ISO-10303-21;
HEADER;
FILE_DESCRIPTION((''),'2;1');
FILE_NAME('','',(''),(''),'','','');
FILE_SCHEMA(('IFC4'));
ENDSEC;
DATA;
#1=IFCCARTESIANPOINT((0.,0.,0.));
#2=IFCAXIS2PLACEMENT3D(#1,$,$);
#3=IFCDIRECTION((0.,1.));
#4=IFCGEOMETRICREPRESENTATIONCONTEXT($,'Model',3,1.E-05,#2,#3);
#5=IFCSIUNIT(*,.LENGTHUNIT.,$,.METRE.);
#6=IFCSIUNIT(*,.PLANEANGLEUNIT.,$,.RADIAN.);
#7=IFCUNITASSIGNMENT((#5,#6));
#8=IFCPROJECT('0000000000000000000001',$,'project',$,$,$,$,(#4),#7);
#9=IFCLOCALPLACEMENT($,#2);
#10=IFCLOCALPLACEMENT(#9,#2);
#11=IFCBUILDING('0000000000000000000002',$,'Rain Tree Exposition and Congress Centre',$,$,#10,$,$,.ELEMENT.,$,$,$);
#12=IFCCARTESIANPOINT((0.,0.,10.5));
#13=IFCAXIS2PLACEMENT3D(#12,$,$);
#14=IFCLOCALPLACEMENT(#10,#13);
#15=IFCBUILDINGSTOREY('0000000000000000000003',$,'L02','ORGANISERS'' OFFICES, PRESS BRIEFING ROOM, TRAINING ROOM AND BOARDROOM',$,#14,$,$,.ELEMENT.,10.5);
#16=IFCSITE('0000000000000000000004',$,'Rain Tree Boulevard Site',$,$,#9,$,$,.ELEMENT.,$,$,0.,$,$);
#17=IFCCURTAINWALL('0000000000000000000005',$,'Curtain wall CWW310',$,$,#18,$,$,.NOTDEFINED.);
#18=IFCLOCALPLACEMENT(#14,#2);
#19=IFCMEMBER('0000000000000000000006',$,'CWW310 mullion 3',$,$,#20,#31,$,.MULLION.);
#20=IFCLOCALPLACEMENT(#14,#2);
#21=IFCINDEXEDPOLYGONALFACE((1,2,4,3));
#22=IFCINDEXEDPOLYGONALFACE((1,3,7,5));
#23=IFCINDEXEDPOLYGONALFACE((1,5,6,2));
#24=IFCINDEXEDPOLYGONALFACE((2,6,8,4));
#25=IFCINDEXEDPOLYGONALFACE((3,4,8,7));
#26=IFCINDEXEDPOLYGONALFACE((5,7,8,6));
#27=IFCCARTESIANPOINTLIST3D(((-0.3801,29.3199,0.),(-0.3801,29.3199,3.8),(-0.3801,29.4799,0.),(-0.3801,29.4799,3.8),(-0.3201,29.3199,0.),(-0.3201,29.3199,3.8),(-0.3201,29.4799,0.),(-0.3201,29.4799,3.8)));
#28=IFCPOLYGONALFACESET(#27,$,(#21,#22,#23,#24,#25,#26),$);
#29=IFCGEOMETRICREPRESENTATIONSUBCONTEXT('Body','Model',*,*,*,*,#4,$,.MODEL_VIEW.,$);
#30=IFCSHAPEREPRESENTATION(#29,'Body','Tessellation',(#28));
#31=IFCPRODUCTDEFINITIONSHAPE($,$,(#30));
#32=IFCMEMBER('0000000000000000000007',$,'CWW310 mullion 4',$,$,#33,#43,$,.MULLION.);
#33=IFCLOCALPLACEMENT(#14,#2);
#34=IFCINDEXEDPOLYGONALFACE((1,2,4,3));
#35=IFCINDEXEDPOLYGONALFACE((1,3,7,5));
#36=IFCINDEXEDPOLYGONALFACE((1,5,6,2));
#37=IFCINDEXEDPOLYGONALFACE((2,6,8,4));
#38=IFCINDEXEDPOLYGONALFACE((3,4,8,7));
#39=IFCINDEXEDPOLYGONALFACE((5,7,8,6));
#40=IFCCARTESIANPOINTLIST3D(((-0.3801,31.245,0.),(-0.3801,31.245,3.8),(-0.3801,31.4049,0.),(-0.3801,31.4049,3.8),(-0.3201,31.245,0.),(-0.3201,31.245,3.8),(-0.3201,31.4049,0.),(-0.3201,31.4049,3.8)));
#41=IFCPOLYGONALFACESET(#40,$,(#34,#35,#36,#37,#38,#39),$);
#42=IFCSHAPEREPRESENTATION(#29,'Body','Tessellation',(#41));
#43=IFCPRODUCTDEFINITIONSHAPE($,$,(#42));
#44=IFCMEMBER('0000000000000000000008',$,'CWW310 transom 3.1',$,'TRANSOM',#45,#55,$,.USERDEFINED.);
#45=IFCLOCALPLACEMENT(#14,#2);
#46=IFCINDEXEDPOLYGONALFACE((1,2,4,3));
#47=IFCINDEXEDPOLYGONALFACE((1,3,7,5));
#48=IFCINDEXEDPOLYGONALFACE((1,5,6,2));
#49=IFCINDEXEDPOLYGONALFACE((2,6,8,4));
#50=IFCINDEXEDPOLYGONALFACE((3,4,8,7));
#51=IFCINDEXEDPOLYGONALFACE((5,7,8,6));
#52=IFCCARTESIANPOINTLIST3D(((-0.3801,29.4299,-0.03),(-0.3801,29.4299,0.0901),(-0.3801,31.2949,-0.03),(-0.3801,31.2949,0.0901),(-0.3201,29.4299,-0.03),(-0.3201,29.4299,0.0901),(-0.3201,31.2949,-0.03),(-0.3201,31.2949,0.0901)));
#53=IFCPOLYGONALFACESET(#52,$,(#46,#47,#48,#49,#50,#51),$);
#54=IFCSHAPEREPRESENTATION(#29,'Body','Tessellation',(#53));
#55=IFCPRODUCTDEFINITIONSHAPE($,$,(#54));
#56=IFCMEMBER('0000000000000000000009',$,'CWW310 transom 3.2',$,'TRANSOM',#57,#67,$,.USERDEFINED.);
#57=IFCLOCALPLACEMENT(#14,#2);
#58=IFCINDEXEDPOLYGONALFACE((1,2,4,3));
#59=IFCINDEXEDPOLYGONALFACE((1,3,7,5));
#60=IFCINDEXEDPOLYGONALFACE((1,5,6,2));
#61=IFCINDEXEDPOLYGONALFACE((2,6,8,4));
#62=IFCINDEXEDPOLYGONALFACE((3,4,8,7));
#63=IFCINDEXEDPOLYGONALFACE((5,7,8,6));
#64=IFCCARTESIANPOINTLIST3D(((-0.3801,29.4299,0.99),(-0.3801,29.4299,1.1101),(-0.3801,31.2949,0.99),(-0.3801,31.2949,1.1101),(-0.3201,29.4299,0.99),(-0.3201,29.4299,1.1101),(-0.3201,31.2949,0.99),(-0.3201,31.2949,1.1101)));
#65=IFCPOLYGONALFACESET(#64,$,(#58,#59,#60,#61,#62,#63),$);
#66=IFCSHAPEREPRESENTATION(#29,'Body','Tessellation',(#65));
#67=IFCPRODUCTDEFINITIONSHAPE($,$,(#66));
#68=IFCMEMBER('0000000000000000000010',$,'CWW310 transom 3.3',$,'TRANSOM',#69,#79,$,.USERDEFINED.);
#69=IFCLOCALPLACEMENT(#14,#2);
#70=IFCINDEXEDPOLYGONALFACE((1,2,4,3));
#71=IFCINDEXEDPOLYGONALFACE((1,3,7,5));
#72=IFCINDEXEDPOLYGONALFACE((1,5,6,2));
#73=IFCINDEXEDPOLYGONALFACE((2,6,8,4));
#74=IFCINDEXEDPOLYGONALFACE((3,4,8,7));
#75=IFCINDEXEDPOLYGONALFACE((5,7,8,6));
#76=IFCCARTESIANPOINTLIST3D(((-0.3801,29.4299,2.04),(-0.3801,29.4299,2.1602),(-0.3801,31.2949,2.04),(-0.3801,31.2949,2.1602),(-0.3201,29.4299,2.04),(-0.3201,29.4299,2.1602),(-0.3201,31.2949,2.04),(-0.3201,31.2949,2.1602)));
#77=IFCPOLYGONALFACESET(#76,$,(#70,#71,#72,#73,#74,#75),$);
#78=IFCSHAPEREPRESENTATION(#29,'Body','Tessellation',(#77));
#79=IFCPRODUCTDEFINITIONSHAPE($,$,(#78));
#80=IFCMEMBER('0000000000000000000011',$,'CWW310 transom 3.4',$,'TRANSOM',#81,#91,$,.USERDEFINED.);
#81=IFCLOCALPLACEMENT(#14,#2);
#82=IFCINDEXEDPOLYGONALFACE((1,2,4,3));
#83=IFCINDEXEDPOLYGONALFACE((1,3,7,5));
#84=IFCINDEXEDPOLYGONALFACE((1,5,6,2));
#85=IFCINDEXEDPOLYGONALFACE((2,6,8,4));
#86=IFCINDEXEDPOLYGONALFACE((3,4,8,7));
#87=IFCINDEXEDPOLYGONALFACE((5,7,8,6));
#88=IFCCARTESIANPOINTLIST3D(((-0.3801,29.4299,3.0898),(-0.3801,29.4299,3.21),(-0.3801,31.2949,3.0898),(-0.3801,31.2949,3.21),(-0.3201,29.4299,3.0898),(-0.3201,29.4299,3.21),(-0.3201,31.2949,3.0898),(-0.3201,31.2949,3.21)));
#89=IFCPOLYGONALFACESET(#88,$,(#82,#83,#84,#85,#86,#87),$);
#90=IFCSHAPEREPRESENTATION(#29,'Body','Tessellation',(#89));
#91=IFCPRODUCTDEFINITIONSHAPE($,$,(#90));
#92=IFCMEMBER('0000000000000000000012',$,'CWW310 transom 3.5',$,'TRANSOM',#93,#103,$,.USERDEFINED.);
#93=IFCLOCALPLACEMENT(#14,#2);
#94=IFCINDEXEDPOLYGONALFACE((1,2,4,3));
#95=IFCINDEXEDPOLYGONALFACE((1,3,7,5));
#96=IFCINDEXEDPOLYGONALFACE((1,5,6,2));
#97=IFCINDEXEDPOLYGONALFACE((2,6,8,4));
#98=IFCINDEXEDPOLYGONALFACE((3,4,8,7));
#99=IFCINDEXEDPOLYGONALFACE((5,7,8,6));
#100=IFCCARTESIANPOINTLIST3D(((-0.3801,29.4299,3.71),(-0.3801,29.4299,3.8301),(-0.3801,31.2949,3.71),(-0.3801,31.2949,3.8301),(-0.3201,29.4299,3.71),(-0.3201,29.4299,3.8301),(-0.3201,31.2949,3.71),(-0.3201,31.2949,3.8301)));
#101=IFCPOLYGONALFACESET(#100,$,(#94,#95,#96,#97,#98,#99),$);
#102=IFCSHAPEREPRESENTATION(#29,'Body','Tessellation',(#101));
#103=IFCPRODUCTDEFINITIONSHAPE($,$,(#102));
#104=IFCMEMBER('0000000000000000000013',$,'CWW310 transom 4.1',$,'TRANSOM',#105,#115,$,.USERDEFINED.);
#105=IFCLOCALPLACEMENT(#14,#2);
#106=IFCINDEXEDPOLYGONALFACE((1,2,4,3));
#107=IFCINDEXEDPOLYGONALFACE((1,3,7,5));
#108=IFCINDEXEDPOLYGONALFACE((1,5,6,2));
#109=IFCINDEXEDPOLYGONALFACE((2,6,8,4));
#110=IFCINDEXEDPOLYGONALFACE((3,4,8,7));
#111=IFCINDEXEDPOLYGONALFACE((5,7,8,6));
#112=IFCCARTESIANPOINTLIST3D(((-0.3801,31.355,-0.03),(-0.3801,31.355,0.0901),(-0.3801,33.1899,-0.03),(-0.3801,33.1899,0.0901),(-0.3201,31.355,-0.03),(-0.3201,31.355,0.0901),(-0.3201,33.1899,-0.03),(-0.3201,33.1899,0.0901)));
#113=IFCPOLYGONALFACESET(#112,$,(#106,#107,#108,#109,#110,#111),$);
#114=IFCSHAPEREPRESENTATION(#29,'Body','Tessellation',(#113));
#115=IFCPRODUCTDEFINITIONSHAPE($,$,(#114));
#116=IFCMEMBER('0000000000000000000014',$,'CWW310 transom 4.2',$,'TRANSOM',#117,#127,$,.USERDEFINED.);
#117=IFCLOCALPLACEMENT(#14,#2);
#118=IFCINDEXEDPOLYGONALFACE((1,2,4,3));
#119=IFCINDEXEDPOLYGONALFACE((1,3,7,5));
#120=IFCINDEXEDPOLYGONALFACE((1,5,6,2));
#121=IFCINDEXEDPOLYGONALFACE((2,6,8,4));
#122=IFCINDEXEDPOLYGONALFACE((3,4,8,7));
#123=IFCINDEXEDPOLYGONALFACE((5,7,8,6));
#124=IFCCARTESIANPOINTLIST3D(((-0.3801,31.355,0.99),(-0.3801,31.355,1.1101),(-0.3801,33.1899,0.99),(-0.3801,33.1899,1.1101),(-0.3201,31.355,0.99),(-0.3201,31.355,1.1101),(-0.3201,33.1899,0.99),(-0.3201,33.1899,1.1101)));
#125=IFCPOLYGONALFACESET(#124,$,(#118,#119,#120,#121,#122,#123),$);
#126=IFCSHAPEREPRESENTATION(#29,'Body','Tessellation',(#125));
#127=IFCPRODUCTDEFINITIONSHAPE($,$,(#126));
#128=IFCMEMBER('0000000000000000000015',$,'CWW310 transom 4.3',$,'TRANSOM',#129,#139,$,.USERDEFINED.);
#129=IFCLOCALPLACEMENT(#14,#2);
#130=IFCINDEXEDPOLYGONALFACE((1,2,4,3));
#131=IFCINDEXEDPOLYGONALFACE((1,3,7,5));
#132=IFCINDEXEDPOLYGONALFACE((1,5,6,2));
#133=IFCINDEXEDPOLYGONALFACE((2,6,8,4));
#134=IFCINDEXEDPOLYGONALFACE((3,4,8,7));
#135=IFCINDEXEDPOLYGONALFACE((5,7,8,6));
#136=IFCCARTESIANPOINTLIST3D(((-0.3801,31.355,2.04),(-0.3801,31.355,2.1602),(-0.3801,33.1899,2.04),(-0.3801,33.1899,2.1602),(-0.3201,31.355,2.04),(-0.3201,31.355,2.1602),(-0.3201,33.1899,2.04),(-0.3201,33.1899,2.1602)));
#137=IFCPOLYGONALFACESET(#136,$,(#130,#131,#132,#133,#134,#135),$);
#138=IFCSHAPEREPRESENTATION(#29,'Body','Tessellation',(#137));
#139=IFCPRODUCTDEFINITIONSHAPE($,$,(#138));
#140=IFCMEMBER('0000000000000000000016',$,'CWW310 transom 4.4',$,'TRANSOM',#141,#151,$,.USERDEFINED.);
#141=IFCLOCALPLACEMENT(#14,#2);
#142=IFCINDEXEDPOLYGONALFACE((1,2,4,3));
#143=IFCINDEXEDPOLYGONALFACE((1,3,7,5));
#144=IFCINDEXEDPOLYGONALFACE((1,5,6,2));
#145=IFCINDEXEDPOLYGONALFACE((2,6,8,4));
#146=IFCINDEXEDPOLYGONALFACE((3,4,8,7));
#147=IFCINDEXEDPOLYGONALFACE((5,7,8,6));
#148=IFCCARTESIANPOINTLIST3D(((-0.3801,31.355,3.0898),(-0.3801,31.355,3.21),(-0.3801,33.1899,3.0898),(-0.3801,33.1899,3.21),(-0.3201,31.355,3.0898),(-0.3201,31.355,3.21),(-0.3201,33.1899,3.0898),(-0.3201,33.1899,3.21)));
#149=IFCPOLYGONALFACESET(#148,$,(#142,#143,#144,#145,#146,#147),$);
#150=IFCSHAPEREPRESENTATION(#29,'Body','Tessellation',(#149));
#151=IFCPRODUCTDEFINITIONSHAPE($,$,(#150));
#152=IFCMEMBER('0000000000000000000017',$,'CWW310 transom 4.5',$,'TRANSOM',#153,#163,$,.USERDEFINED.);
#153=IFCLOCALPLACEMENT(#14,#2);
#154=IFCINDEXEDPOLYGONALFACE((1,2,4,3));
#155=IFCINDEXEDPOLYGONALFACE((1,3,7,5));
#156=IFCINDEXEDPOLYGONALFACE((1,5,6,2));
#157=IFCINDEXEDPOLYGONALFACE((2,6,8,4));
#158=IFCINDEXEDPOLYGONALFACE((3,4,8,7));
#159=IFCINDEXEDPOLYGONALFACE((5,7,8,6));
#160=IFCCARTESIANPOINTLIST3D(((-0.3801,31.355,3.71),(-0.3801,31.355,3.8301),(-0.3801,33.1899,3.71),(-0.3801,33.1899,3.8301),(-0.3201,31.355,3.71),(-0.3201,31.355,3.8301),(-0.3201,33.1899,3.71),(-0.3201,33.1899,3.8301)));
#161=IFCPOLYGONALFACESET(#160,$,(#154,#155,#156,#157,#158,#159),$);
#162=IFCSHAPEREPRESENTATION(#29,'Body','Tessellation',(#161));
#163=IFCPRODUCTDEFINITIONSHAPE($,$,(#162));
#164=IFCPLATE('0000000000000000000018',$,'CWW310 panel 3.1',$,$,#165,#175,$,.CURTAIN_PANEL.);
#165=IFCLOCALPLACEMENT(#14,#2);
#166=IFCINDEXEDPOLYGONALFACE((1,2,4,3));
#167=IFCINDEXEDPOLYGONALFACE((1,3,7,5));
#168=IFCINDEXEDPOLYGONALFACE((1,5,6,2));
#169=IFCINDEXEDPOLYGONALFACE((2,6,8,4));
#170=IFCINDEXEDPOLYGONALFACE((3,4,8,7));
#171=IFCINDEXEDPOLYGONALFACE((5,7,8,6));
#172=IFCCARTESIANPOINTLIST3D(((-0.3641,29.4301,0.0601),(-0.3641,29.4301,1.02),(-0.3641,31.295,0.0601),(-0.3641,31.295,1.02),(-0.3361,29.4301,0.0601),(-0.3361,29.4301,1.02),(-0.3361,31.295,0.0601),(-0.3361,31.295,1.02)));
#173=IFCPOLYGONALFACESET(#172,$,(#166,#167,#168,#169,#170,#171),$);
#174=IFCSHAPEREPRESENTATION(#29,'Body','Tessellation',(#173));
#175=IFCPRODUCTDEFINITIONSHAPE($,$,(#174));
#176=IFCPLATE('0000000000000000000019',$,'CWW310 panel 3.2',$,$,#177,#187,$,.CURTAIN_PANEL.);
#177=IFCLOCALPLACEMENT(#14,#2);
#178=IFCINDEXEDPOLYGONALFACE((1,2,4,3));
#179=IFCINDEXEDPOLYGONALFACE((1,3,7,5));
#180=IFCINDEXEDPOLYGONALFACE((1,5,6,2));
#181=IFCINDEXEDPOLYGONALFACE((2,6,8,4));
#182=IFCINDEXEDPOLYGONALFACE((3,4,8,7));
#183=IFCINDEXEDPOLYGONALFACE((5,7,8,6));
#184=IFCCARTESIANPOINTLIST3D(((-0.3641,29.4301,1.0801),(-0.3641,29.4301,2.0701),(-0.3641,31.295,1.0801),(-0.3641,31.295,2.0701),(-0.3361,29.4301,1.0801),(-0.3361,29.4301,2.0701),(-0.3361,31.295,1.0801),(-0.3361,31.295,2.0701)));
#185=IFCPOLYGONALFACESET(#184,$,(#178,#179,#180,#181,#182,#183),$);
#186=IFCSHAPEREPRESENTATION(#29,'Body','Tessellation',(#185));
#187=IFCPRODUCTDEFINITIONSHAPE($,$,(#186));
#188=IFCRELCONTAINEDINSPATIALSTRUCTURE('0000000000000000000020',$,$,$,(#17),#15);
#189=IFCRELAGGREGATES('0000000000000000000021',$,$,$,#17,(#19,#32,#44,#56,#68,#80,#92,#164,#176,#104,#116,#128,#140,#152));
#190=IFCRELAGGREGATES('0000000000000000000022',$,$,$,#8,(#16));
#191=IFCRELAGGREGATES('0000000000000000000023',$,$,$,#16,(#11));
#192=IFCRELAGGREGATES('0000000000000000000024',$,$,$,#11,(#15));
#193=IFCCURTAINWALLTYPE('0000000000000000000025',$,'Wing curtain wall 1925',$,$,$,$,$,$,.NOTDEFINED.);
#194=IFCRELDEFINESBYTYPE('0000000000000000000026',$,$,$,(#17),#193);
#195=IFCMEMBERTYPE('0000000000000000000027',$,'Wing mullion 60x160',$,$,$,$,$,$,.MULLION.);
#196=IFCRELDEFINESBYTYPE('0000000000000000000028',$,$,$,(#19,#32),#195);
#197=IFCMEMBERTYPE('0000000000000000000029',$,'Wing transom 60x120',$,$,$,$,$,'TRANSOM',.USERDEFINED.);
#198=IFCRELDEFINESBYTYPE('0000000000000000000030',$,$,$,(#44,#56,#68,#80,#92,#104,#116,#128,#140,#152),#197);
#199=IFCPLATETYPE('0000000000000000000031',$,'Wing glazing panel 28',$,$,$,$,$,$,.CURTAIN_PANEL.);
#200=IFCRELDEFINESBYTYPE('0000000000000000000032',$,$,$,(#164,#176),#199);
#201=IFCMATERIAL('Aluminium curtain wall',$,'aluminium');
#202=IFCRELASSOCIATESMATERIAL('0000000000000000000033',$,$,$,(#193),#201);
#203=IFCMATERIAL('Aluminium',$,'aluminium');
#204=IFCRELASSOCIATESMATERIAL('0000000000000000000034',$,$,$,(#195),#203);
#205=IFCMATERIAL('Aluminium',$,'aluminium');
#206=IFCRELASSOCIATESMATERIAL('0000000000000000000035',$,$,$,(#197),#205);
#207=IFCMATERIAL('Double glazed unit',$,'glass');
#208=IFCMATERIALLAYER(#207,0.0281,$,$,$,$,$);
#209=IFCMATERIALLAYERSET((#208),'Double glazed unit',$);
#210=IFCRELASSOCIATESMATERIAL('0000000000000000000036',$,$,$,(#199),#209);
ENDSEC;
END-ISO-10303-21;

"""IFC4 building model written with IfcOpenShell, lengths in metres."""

from ifc_helpers import new_model, si_unit, direction, frame, origin, origin_2d, place, context, subcontext, project, spatial, rectangle, extrude, material, layer, layer_set, material_profile, profile_set, type_object, element, aggregate, save


model = new_model("IFC4")

# Units and contexts
model_context = context("Model", 3, precision=1e-05, world=origin(), true_north=direction((0.0, 1.0)))
body_context = subcontext(model_context, "Body", "Model", "MODEL_VIEW")
ifc_project = project(units=[si_unit("LENGTHUNIT", "METRE"), si_unit("PLANEANGLEUNIT", "RADIAN")], contexts=[model_context])

# Site, building, storey
site_placement = place(None, origin())
site = spatial("IfcSite", under=ifc_project, at=site_placement, Name="Rain Tree Boulevard Site", CompositionType="ELEMENT", RefElevation=0.0)
building_placement = place(site_placement, origin())
building = spatial("IfcBuilding", under=site, at=building_placement, Name="Rain Tree Exposition and Congress Centre", CompositionType="ELEMENT")
storey_placement = place(building_placement, frame((0.0, 0.0, 10.5)))
storey = spatial("IfcBuildingStorey", under=building, at=storey_placement, Name="L02", Description="ORGANISERS' OFFICES, PRESS BRIEFING ROOM, TRAINING ROOM AND BOARDROOM", CompositionType="ELEMENT", Elevation=10.5)

# Curtain wall, members, plates
ifc_material_1 = material(Name="Aluminium curtain wall", Category="aluminium")
curtain_wall_type = type_object("IfcCurtainWallType", Name="Wing curtain wall 1925", PredefinedType="NOTDEFINED", material=ifc_material_1)
curtain_wall_placement = place(storey_placement, origin())
curtain_wall = element("IfcCurtainWall", 1, at=curtain_wall_placement, inside=storey, type_object=curtain_wall_type, Name="Curtain wall CWW310", PredefinedType="NOTDEFINED")
ifc_material_2 = material(Name="Aluminium", Category="aluminium")
ifc_material_profile_1 = material_profile(ifc_material_2, rectangle(XDim=0.0601, YDim=0.1599, at=origin_2d()), Name="Aluminium 60x160")
ifc_profile_set_1 = profile_set([ifc_material_profile_1], Name="Aluminium")
member_type_1 = type_object("IfcMemberType", Name="Wing mullion 60x160", PredefinedType="MULLION", material=ifc_profile_set_1)
member_1_placement = place(storey_placement, frame((-0.3501, 29.3999, 0.0), z_axis=(0.0, 0.0, 1.0), x_axis=(-1.0, 0.0, 0.0)))
member_1 = element("IfcMember", 2, at=member_1_placement, type_object=member_type_1, Name="CWW310 mullion 3", PredefinedType="MULLION", context=body_context, shape_type="SweptSolid", body=[
    extrude(rectangle(XDim=0.0601, YDim=0.1599, at=origin_2d()), origin(), (0.0, 0.0, 1.0), 3.8),
])
member_2_placement = place(storey_placement, frame((-0.3501, 31.325, 0.0), z_axis=(0.0, 0.0, 1.0), x_axis=(-1.0, 0.0, 0.0)))
member_2 = element("IfcMember", 3, at=member_2_placement, type_object=member_type_1, Name="CWW310 mullion 4", PredefinedType="MULLION", context=body_context, shape_type="SweptSolid", body=[
    extrude(rectangle(XDim=0.0601, YDim=0.1599, at=origin_2d()), origin(), (0.0, 0.0, 1.0), 3.8),
])
ifc_material_3 = material(Name="Aluminium", Category="aluminium")
ifc_material_profile_2 = material_profile(ifc_material_3, rectangle(XDim=0.0601, YDim=0.1201, at=origin_2d()), Name="Aluminium 60x120")
ifc_profile_set_2 = profile_set([ifc_material_profile_2], Name="Aluminium")
member_type_2 = type_object("IfcMemberType", Name="Wing transom 60x120", ElementType="TRANSOM", PredefinedType="USERDEFINED", material=ifc_profile_set_2)
member_3_placement = place(storey_placement, frame((-0.3501, 29.4299, 0.03), z_axis=(0.0, 1.0, 0.0), x_axis=(-1.0, 0.0, 0.0)))
member_3 = element("IfcMember", 4, at=member_3_placement, type_object=member_type_2, Name="CWW310 transom 3.1", ObjectType="TRANSOM", PredefinedType="USERDEFINED", context=body_context, shape_type="SweptSolid", body=[
    extrude(rectangle(XDim=0.0601, YDim=0.1201, at=origin_2d()), origin(), (0.0, 0.0, 1.0), 1.865),
])
member_4_placement = place(storey_placement, frame((-0.3501, 29.4299, 1.05), z_axis=(0.0, 1.0, 0.0), x_axis=(-1.0, 0.0, 0.0)))
member_4 = element("IfcMember", 5, at=member_4_placement, type_object=member_type_2, Name="CWW310 transom 3.2", ObjectType="TRANSOM", PredefinedType="USERDEFINED", context=body_context, shape_type="SweptSolid", body=[
    extrude(rectangle(XDim=0.0601, YDim=0.1201, at=origin_2d()), origin(), (0.0, 0.0, 1.0), 1.865),
])
member_5_placement = place(storey_placement, frame((-0.3501, 29.4299, 2.1001), z_axis=(0.0, 1.0, 0.0), x_axis=(-1.0, 0.0, 0.0)))
member_5 = element("IfcMember", 6, at=member_5_placement, type_object=member_type_2, Name="CWW310 transom 3.3", ObjectType="TRANSOM", PredefinedType="USERDEFINED", context=body_context, shape_type="SweptSolid", body=[
    extrude(rectangle(XDim=0.0601, YDim=0.1201, at=origin_2d()), origin(), (0.0, 0.0, 1.0), 1.865),
])
member_6_placement = place(storey_placement, frame((-0.3501, 29.4299, 3.1499), z_axis=(0.0, 1.0, 0.0), x_axis=(-1.0, 0.0, 0.0)))
member_6 = element("IfcMember", 7, at=member_6_placement, type_object=member_type_2, Name="CWW310 transom 3.4", ObjectType="TRANSOM", PredefinedType="USERDEFINED", context=body_context, shape_type="SweptSolid", body=[
    extrude(rectangle(XDim=0.0601, YDim=0.1201, at=origin_2d()), origin(), (0.0, 0.0, 1.0), 1.865),
])
member_7_placement = place(storey_placement, frame((-0.3501, 29.4299, 3.77), z_axis=(0.0, 1.0, 0.0), x_axis=(-1.0, 0.0, 0.0)))
member_7 = element("IfcMember", 8, at=member_7_placement, type_object=member_type_2, Name="CWW310 transom 3.5", ObjectType="TRANSOM", PredefinedType="USERDEFINED", context=body_context, shape_type="SweptSolid", body=[
    extrude(rectangle(XDim=0.0601, YDim=0.1201, at=origin_2d()), origin(), (0.0, 0.0, 1.0), 1.865),
])
member_8_placement = place(storey_placement, frame((-0.3501, 31.355, 0.03), z_axis=(0.0, 1.0, 0.0), x_axis=(-1.0, 0.0, 0.0)))
member_8 = element("IfcMember", 9, at=member_8_placement, type_object=member_type_2, Name="CWW310 transom 4.1", ObjectType="TRANSOM", PredefinedType="USERDEFINED", context=body_context, shape_type="SweptSolid", body=[
    extrude(rectangle(XDim=0.0601, YDim=0.1201, at=origin_2d()), origin(), (0.0, 0.0, 1.0), 1.835),
])
member_9_placement = place(storey_placement, frame((-0.3501, 31.355, 1.05), z_axis=(0.0, 1.0, 0.0), x_axis=(-1.0, 0.0, 0.0)))
member_9 = element("IfcMember", 10, at=member_9_placement, type_object=member_type_2, Name="CWW310 transom 4.2", ObjectType="TRANSOM", PredefinedType="USERDEFINED", context=body_context, shape_type="SweptSolid", body=[
    extrude(rectangle(XDim=0.0601, YDim=0.1201, at=origin_2d()), origin(), (0.0, 0.0, 1.0), 1.835),
])
member_10_placement = place(storey_placement, frame((-0.3501, 31.355, 2.1001), z_axis=(0.0, 1.0, 0.0), x_axis=(-1.0, 0.0, 0.0)))
member_10 = element("IfcMember", 11, at=member_10_placement, type_object=member_type_2, Name="CWW310 transom 4.3", ObjectType="TRANSOM", PredefinedType="USERDEFINED", context=body_context, shape_type="SweptSolid", body=[
    extrude(rectangle(XDim=0.0601, YDim=0.1201, at=origin_2d()), origin(), (0.0, 0.0, 1.0), 1.835),
])
member_11_placement = place(storey_placement, frame((-0.3501, 31.355, 3.1499), z_axis=(0.0, 1.0, 0.0), x_axis=(-1.0, 0.0, 0.0)))
member_11 = element("IfcMember", 12, at=member_11_placement, type_object=member_type_2, Name="CWW310 transom 4.4", ObjectType="TRANSOM", PredefinedType="USERDEFINED", context=body_context, shape_type="SweptSolid", body=[
    extrude(rectangle(XDim=0.0601, YDim=0.1201, at=origin_2d()), origin(), (0.0, 0.0, 1.0), 1.835),
])
member_12_placement = place(storey_placement, frame((-0.3501, 31.355, 3.77), z_axis=(0.0, 1.0, 0.0), x_axis=(-1.0, 0.0, 0.0)))
member_12 = element("IfcMember", 13, at=member_12_placement, type_object=member_type_2, Name="CWW310 transom 4.5", ObjectType="TRANSOM", PredefinedType="USERDEFINED", context=body_context, shape_type="SweptSolid", body=[
    extrude(rectangle(XDim=0.0601, YDim=0.1201, at=origin_2d()), origin(), (0.0, 0.0, 1.0), 1.835),
])
ifc_material_4 = material(Name="Double glazed unit", Category="glass")
ifc_layer_1 = layer(ifc_material_4, 0.0281)
ifc_layer_set_1 = layer_set([ifc_layer_1], Name="Double glazed unit")
plate_type = type_object("IfcPlateType", Name="Wing glazing panel 28", PredefinedType="CURTAIN_PANEL", material=ifc_layer_set_1)
plate_1_placement = place(storey_placement, frame((-0.3501, 30.3625, 0.0601), z_axis=(0.0, 0.0, 1.0), x_axis=(0.0, 1.0, 0.0)))
plate_1 = element("IfcPlate", 14, at=plate_1_placement, type_object=plate_type, Name="CWW310 panel 3.1", PredefinedType="CURTAIN_PANEL", context=body_context, shape_type="SweptSolid", body=[
    extrude(rectangle(XDim=1.865, YDim=0.0281, at=origin_2d()), origin(), (0.0, 0.0, 1.0), 0.96),
])
plate_2_placement = place(storey_placement, frame((-0.3501, 30.3625, 1.0801), z_axis=(0.0, 0.0, 1.0), x_axis=(0.0, 1.0, 0.0)))
plate_2 = element("IfcPlate", 15, at=plate_2_placement, type_object=plate_type, Name="CWW310 panel 3.2", PredefinedType="CURTAIN_PANEL", context=body_context, shape_type="SweptSolid", body=[
    extrude(rectangle(XDim=1.865, YDim=0.0281, at=origin_2d()), origin(), (0.0, 0.0, 1.0), 0.99),
])
aggregate(curtain_wall, [member_1, member_2, member_3, member_4, member_5, member_6, member_7, plate_1, plate_2, member_8, member_9, member_10, member_11, member_12])

save(model, "model.ifc")
